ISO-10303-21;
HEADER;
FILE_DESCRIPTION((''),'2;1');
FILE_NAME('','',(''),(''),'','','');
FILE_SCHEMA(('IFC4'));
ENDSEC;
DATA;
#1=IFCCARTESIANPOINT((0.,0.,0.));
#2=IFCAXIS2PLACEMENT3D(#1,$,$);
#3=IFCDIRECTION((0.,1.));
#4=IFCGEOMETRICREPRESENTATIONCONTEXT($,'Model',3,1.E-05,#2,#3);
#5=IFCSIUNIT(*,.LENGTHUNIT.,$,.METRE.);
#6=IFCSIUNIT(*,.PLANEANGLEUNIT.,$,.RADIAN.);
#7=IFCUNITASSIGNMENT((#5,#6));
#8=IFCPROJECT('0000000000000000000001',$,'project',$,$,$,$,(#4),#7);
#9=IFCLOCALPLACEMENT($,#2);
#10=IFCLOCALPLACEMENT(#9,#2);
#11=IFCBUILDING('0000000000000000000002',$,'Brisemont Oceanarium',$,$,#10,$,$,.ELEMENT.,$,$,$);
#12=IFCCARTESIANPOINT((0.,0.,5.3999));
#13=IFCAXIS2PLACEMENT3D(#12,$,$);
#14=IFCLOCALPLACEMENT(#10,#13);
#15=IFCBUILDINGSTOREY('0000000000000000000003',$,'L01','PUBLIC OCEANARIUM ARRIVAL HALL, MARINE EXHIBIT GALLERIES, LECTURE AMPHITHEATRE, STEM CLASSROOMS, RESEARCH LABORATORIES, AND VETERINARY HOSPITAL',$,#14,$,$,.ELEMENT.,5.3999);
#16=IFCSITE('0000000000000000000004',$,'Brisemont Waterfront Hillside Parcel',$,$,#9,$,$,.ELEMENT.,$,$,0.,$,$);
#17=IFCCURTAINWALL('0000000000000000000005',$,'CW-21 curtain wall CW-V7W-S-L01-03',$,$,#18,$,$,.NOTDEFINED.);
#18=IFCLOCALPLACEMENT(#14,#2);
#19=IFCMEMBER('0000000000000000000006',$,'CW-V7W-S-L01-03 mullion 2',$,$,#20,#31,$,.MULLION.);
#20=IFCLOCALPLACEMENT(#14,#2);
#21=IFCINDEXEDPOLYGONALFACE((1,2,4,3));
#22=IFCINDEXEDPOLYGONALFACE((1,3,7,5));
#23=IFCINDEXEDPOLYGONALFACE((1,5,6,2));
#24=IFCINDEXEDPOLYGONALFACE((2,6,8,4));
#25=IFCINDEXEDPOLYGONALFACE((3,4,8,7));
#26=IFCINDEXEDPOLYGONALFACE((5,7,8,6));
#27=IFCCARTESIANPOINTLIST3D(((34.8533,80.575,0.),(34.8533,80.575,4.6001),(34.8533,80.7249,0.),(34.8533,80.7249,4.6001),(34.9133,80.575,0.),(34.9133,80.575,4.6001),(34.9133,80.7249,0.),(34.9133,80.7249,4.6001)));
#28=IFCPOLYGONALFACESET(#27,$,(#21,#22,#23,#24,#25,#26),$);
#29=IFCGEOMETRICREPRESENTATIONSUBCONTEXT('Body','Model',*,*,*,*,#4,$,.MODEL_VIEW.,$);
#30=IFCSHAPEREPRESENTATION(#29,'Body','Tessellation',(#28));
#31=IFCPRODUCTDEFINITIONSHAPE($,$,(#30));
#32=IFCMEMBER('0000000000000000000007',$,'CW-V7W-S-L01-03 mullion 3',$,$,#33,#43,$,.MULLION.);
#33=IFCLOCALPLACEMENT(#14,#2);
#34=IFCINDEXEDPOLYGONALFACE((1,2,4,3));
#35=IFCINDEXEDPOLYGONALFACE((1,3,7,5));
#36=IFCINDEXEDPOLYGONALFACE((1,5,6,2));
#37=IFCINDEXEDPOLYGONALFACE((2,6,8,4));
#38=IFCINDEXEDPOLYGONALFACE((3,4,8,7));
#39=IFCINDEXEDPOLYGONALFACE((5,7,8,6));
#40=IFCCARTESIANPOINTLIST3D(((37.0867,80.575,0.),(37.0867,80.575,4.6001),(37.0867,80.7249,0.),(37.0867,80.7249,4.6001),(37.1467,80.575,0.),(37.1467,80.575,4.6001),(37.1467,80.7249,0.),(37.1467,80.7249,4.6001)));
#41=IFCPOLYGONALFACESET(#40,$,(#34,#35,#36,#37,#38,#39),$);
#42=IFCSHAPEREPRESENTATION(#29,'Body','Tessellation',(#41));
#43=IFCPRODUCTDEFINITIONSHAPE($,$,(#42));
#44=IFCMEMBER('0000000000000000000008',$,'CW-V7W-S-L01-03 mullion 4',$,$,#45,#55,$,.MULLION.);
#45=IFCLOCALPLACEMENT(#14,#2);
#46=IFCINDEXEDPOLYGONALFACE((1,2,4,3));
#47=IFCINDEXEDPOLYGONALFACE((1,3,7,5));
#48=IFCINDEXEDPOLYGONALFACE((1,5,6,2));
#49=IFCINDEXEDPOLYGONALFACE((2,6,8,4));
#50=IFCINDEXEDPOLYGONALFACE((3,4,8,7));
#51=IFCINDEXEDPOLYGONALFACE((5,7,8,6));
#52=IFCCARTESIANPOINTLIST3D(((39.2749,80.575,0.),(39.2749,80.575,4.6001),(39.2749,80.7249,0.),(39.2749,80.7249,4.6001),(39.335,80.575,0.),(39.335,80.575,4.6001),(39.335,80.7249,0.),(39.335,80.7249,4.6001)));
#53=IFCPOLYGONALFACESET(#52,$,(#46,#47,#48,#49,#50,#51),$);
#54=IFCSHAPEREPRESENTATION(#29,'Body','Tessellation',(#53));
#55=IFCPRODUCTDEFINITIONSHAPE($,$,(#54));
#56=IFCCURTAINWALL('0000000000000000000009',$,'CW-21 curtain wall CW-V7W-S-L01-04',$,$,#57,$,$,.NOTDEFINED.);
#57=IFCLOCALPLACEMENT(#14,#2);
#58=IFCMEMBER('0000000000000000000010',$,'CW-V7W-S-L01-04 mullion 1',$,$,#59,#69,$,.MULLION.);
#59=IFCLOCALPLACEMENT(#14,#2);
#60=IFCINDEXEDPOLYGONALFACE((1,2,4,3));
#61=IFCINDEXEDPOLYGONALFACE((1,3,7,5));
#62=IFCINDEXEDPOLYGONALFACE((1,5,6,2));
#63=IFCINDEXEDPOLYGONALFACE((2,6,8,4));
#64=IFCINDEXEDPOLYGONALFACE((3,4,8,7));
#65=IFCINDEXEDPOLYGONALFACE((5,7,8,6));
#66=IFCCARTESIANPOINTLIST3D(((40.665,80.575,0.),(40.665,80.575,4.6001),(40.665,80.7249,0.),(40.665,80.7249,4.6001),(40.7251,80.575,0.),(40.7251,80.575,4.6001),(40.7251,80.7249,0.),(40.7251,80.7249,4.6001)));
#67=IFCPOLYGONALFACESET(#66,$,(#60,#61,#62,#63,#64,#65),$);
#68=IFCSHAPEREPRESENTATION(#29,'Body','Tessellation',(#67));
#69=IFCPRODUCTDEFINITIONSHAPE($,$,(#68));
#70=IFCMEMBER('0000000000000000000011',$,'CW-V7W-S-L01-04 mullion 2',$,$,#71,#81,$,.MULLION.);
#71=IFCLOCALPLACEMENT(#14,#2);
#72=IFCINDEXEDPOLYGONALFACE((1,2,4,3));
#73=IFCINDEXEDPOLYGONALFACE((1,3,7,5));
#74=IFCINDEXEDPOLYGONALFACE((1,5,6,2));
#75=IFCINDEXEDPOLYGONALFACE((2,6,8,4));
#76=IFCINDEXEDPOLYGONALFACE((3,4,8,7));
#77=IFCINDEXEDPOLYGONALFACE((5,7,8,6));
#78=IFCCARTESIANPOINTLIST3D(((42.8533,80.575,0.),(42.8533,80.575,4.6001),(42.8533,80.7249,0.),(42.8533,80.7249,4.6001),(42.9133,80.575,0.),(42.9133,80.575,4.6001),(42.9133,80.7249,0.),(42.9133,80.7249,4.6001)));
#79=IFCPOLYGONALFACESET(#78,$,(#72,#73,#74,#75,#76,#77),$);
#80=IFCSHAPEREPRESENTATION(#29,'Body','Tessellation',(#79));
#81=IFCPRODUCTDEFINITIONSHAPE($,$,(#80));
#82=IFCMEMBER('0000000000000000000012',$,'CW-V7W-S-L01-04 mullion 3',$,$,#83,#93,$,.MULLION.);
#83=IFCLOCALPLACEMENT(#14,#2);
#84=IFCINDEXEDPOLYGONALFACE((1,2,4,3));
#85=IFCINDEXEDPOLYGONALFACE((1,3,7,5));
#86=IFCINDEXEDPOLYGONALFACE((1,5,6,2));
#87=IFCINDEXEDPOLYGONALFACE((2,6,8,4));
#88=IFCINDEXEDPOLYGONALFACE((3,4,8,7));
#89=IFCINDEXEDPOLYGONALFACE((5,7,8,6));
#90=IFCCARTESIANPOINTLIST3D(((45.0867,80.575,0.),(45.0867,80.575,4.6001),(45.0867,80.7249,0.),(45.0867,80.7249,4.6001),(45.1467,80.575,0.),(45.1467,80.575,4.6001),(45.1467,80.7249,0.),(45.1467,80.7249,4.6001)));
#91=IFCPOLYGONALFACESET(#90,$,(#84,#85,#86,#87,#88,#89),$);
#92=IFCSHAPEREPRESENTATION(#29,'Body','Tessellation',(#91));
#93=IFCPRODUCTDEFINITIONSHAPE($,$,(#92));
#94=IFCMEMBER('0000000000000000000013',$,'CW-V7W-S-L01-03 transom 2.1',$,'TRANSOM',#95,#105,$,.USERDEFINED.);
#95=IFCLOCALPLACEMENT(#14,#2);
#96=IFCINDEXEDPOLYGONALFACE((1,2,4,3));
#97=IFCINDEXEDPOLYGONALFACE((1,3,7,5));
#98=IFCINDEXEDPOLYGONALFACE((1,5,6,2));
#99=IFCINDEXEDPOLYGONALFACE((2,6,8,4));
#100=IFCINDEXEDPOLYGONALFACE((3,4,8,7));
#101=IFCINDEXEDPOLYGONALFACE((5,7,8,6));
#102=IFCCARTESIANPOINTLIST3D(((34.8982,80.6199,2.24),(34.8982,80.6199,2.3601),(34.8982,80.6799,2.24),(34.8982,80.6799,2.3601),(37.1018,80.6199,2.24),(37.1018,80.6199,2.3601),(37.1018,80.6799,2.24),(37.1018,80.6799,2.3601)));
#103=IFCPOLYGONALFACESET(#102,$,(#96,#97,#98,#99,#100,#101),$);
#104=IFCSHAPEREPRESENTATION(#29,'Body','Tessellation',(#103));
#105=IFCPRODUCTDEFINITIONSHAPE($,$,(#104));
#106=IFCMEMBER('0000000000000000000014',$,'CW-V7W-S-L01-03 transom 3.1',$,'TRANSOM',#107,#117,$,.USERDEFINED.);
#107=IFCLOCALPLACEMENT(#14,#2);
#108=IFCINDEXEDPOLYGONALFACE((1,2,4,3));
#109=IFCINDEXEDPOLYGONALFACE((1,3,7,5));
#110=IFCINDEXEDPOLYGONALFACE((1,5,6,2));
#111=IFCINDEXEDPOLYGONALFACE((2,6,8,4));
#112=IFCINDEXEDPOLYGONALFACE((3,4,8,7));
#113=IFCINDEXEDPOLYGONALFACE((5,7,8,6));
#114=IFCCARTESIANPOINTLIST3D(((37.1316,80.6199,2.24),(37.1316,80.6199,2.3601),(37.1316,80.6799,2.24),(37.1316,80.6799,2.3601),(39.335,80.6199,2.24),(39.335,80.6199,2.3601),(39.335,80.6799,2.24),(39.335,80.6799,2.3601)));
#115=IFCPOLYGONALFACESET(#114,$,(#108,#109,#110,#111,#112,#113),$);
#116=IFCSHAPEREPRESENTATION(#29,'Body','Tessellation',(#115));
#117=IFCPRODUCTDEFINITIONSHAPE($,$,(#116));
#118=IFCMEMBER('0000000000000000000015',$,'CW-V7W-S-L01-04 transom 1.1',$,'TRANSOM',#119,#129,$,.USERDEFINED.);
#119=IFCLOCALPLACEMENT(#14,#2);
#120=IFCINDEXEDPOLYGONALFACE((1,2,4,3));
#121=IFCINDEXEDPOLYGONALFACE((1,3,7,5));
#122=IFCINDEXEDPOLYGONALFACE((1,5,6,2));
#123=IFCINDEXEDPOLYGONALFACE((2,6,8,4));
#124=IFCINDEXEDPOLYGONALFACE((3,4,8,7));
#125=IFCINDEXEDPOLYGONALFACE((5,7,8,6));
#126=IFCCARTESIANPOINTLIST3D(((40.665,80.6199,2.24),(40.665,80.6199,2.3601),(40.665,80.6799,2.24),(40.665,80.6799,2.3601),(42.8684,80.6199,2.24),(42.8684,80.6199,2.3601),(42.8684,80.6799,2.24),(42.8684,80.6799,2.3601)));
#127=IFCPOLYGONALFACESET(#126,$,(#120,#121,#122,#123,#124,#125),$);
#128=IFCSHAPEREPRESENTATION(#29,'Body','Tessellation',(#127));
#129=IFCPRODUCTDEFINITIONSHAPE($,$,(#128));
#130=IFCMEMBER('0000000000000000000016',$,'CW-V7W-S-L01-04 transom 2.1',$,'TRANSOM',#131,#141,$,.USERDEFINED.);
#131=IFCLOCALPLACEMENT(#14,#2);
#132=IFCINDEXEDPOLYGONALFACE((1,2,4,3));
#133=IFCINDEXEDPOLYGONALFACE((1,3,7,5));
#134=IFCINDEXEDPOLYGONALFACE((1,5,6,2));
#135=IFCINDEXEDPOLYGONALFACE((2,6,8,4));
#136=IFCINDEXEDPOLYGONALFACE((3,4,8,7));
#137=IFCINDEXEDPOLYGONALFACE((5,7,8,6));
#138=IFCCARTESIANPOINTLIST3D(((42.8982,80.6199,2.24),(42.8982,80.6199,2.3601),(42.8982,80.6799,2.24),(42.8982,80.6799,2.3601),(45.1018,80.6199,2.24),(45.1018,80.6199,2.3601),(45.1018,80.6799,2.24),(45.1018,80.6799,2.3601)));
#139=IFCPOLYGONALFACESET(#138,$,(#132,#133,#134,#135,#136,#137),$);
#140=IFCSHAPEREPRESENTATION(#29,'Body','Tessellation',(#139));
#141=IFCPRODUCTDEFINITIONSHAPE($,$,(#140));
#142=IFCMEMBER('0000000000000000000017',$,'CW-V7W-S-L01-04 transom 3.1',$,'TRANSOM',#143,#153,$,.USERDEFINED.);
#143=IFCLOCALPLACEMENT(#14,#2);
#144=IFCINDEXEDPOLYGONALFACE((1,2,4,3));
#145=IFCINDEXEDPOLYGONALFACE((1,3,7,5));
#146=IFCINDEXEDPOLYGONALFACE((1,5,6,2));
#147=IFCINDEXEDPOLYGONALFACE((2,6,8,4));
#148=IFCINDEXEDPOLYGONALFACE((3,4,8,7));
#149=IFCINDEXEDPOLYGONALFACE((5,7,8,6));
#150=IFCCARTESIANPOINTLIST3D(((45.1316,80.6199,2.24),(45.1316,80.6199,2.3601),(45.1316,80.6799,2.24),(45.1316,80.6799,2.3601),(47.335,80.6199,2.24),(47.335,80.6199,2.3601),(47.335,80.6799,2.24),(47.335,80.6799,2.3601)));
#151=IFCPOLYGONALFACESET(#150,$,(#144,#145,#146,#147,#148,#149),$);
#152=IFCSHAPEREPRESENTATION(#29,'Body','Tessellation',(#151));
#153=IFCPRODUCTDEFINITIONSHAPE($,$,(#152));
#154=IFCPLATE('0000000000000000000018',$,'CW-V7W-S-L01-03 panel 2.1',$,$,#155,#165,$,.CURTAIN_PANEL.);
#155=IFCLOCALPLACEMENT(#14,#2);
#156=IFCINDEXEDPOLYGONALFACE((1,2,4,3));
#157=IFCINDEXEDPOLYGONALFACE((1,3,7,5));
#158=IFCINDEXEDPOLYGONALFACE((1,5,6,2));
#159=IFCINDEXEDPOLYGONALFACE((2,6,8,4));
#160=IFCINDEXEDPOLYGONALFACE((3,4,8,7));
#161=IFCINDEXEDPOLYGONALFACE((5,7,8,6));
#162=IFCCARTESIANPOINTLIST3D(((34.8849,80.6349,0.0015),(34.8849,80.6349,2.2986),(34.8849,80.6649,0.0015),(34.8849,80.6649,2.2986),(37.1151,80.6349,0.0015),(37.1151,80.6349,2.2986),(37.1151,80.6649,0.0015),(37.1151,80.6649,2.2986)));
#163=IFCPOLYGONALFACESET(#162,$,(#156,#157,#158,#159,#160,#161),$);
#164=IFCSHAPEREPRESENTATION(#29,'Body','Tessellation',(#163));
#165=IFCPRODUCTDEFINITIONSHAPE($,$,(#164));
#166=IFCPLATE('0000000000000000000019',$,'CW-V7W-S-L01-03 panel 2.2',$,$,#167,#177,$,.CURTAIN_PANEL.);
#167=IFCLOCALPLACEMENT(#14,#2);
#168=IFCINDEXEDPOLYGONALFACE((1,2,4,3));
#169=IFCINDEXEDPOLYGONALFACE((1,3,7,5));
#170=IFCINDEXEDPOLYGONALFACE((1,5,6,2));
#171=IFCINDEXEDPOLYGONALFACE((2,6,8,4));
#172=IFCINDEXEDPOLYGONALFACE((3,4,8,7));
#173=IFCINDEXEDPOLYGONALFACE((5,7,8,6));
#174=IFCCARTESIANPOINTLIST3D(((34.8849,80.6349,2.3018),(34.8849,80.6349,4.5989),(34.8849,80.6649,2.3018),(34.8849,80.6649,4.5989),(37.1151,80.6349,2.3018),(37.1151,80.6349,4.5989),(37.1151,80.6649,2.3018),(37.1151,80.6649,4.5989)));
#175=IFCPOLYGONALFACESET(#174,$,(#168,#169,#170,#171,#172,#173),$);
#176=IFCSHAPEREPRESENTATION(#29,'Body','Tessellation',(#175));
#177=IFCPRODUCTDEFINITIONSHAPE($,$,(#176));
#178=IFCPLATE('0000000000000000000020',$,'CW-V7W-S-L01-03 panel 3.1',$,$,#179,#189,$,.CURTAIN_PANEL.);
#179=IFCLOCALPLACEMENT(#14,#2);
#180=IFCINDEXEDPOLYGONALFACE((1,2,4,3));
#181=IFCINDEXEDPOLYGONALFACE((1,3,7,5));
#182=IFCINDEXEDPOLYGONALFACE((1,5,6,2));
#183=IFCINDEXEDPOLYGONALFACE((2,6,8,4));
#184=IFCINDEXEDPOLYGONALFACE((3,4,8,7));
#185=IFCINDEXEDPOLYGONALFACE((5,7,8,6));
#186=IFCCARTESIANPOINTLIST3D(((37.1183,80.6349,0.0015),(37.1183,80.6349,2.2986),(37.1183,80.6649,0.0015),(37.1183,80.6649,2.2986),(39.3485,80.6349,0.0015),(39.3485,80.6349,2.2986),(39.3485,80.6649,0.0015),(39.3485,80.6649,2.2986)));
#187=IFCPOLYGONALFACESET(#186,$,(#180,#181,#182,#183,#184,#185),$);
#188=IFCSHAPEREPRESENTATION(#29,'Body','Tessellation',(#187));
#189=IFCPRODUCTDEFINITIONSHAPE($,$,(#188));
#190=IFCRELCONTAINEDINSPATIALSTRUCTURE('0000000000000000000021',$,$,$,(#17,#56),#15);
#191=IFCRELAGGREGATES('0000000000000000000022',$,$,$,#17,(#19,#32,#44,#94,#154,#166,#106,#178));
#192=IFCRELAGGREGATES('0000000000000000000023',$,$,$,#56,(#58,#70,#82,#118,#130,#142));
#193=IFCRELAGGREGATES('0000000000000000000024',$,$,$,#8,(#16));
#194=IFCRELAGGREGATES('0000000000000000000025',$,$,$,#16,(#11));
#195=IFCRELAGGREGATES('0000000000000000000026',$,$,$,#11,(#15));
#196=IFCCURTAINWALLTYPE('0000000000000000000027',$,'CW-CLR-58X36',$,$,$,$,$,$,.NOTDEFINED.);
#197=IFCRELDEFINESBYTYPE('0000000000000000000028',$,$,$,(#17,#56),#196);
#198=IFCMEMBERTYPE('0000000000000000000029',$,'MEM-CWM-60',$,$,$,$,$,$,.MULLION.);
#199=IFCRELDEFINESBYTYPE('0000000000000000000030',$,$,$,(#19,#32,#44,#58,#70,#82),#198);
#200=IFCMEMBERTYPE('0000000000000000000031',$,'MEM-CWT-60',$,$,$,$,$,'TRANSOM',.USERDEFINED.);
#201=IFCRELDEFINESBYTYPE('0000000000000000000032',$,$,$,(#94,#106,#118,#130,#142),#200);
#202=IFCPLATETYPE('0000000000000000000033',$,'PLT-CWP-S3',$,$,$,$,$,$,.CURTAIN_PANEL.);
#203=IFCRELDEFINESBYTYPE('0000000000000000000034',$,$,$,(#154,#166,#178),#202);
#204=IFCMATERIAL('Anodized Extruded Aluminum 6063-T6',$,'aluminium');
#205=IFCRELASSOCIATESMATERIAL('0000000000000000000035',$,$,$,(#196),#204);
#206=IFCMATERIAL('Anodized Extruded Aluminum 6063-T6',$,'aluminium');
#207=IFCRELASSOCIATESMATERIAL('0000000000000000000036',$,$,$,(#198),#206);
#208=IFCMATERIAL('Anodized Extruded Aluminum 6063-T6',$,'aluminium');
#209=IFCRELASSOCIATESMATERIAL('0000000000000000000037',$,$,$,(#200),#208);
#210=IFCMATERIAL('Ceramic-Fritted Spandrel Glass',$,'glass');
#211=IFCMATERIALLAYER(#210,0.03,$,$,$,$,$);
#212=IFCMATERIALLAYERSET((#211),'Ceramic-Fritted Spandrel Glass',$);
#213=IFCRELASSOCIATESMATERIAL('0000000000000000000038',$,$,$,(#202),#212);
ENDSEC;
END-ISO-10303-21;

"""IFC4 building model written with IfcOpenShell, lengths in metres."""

from ifc_helpers import new_model, si_unit, direction, frame, origin, origin_2d, place, context, subcontext, project, spatial, rectangle, extrude, material, layer, layer_set, material_profile, profile_set, type_object, element, aggregate, save


model = new_model("IFC4")

# Units and contexts
model_context = context("Model", 3, precision=1e-05, world=origin(), true_north=direction((0.0, 1.0)))
body_context = subcontext(model_context, "Body", "Model", "MODEL_VIEW")
ifc_project = project(units=[si_unit("LENGTHUNIT", "METRE"), si_unit("PLANEANGLEUNIT", "RADIAN")], contexts=[model_context])

# Site, building, storey
site_placement = place(None, origin())
site = spatial("IfcSite", under=ifc_project, at=site_placement, Name="Brisemont Waterfront Hillside Parcel", CompositionType="ELEMENT", RefElevation=0.0)
building_placement = place(site_placement, origin())
building = spatial("IfcBuilding", under=site, at=building_placement, Name="Brisemont Oceanarium", CompositionType="ELEMENT")
storey_placement = place(building_placement, frame((0.0, 0.0, 5.3999)))
storey = spatial("IfcBuildingStorey", under=building, at=storey_placement, Name="L01", Description="PUBLIC OCEANARIUM ARRIVAL HALL, MARINE EXHIBIT GALLERIES, LECTURE AMPHITHEATRE, STEM CLASSROOMS, RESEARCH LABORATORIES, AND VETERINARY HOSPITAL", CompositionType="ELEMENT", Elevation=5.3999)

# Curtain walls, members
ifc_material_1 = material(Name="Anodized Extruded Aluminum 6063-T6", Category="aluminium")
curtain_wall_type = type_object("IfcCurtainWallType", Name="CW-CLR-58X36", PredefinedType="NOTDEFINED", material=ifc_material_1)
curtain_wall_1_placement = place(storey_placement, origin())
curtain_wall_1 = element("IfcCurtainWall", 1, at=curtain_wall_1_placement, inside=storey, type_object=curtain_wall_type, Name="CW-21 curtain wall CW-V7W-S-L01-03", PredefinedType="NOTDEFINED")
ifc_material_2 = material(Name="Anodized Extruded Aluminum 6063-T6", Category="aluminium")
ifc_material_profile_1 = material_profile(ifc_material_2, rectangle(XDim=0.0601, YDim=0.1499, at=origin_2d()), Name="CWM-60X150")
ifc_profile_set_1 = profile_set([ifc_material_profile_1], Name="Anodized Extruded Aluminum 6063-T6")
member_type_1 = type_object("IfcMemberType", Name="MEM-CWM-60", PredefinedType="MULLION", material=ifc_profile_set_1)
member_1_placement = place(storey_placement, frame((34.8833, 80.6499, 0.0), z_axis=(0.0, 0.0, 1.0), x_axis=(1.0, 0.0, 0.0)))
member_1 = element("IfcMember", 2, at=member_1_placement, type_object=member_type_1, Name="CW-V7W-S-L01-03 mullion 2", PredefinedType="MULLION", context=body_context, shape_type="SweptSolid", body=[
    extrude(rectangle(XDim=0.0601, YDim=0.1499, at=origin_2d()), origin(), (0.0, 0.0, 1.0), 4.6001),
])
member_2_placement = place(storey_placement, frame((37.1167, 80.6499, 0.0), z_axis=(0.0, 0.0, 1.0), x_axis=(1.0, 0.0, 0.0)))
member_2 = element("IfcMember", 3, at=member_2_placement, type_object=member_type_1, Name="CW-V7W-S-L01-03 mullion 3", PredefinedType="MULLION", context=body_context, shape_type="SweptSolid", body=[
    extrude(rectangle(XDim=0.0601, YDim=0.1499, at=origin_2d()), origin(), (0.0, 0.0, 1.0), 4.6001),
])
member_3_placement = place(storey_placement, frame((39.3049, 80.6499, 0.0), z_axis=(0.0, 0.0, 1.0), x_axis=(1.0, 0.0, 0.0)))
member_3 = element("IfcMember", 4, at=member_3_placement, type_object=member_type_1, Name="CW-V7W-S-L01-03 mullion 4", PredefinedType="MULLION", context=body_context, shape_type="SweptSolid", body=[
    extrude(rectangle(XDim=0.0601, YDim=0.1499, at=origin_2d()), origin(), (0.0, 0.0, 1.0), 4.6001),
])
curtain_wall_2_placement = place(storey_placement, origin())
curtain_wall_2 = element("IfcCurtainWall", 5, at=curtain_wall_2_placement, inside=storey, type_object=curtain_wall_type, Name="CW-21 curtain wall CW-V7W-S-L01-04", PredefinedType="NOTDEFINED")
member_4_placement = place(storey_placement, frame((40.6951, 80.6499, 0.0), z_axis=(0.0, 0.0, 1.0), x_axis=(1.0, 0.0, 0.0)))
member_4 = element("IfcMember", 6, at=member_4_placement, type_object=member_type_1, Name="CW-V7W-S-L01-04 mullion 1", PredefinedType="MULLION", context=body_context, shape_type="SweptSolid", body=[
    extrude(rectangle(XDim=0.0601, YDim=0.1499, at=origin_2d()), origin(), (0.0, 0.0, 1.0), 4.6001),
])
member_5_placement = place(storey_placement, frame((42.8833, 80.6499, 0.0), z_axis=(0.0, 0.0, 1.0), x_axis=(1.0, 0.0, 0.0)))
member_5 = element("IfcMember", 7, at=member_5_placement, type_object=member_type_1, Name="CW-V7W-S-L01-04 mullion 2", PredefinedType="MULLION", context=body_context, shape_type="SweptSolid", body=[
    extrude(rectangle(XDim=0.0601, YDim=0.1499, at=origin_2d()), origin(), (0.0, 0.0, 1.0), 4.6001),
])
member_6_placement = place(storey_placement, frame((45.1167, 80.6499, 0.0), z_axis=(0.0, 0.0, 1.0), x_axis=(1.0, 0.0, 0.0)))
member_6 = element("IfcMember", 8, at=member_6_placement, type_object=member_type_1, Name="CW-V7W-S-L01-04 mullion 3", PredefinedType="MULLION", context=body_context, shape_type="SweptSolid", body=[
    extrude(rectangle(XDim=0.0601, YDim=0.1499, at=origin_2d()), origin(), (0.0, 0.0, 1.0), 4.6001),
])

# Members
ifc_material_3 = material(Name="Anodized Extruded Aluminum 6063-T6", Category="aluminium")
ifc_material_profile_2 = material_profile(ifc_material_3, rectangle(XDim=0.0601, YDim=0.1201, at=origin_2d()), Name="CWT-60X120")
ifc_profile_set_2 = profile_set([ifc_material_profile_2], Name="Anodized Extruded Aluminum 6063-T6")
member_type_2 = type_object("IfcMemberType", Name="MEM-CWT-60", ElementType="TRANSOM", PredefinedType="USERDEFINED", material=ifc_profile_set_2)
member_7_placement = place(storey_placement, frame((34.8982, 80.6499, 2.3), z_axis=(1.0, 0.0, 0.0), x_axis=(0.0, 1.0, 0.0)))
member_7 = element("IfcMember", 9, at=member_7_placement, type_object=member_type_2, Name="CW-V7W-S-L01-03 transom 2.1", ObjectType="TRANSOM", PredefinedType="USERDEFINED", context=body_context, shape_type="SweptSolid", body=[
    extrude(rectangle(XDim=0.0601, YDim=0.1201, at=origin_2d()), origin(), (0.0, 0.0, 1.0), 2.2036),
])
member_8_placement = place(storey_placement, frame((37.1316, 80.6499, 2.3), z_axis=(1.0, 0.0, 0.0), x_axis=(0.0, 1.0, 0.0)))
member_8 = element("IfcMember", 10, at=member_8_placement, type_object=member_type_2, Name="CW-V7W-S-L01-03 transom 3.1", ObjectType="TRANSOM", PredefinedType="USERDEFINED", context=body_context, shape_type="SweptSolid", body=[
    extrude(rectangle(XDim=0.0601, YDim=0.1201, at=origin_2d()), origin(), (0.0, 0.0, 1.0), 2.2034),
])
member_9_placement = place(storey_placement, frame((40.665, 80.6499, 2.3), z_axis=(1.0, 0.0, 0.0), x_axis=(0.0, 1.0, 0.0)))
member_9 = element("IfcMember", 11, at=member_9_placement, type_object=member_type_2, Name="CW-V7W-S-L01-04 transom 1.1", ObjectType="TRANSOM", PredefinedType="USERDEFINED", context=body_context, shape_type="SweptSolid", body=[
    extrude(rectangle(XDim=0.0601, YDim=0.1201, at=origin_2d()), origin(), (0.0, 0.0, 1.0), 2.2034),
])
member_10_placement = place(storey_placement, frame((42.8982, 80.6499, 2.3), z_axis=(1.0, 0.0, 0.0), x_axis=(0.0, 1.0, 0.0)))
member_10 = element("IfcMember", 12, at=member_10_placement, type_object=member_type_2, Name="CW-V7W-S-L01-04 transom 2.1", ObjectType="TRANSOM", PredefinedType="USERDEFINED", context=body_context, shape_type="SweptSolid", body=[
    extrude(rectangle(XDim=0.0601, YDim=0.1201, at=origin_2d()), origin(), (0.0, 0.0, 1.0), 2.2036),
])
member_11_placement = place(storey_placement, frame((45.1316, 80.6499, 2.3), z_axis=(1.0, 0.0, 0.0), x_axis=(0.0, 1.0, 0.0)))
member_11 = element("IfcMember", 13, at=member_11_placement, type_object=member_type_2, Name="CW-V7W-S-L01-04 transom 3.1", ObjectType="TRANSOM", PredefinedType="USERDEFINED", context=body_context, shape_type="SweptSolid", body=[
    extrude(rectangle(XDim=0.0601, YDim=0.1201, at=origin_2d()), origin(), (0.0, 0.0, 1.0), 2.2034),
])

# Plates
ifc_material_4 = material(Name="Ceramic-Fritted Spandrel Glass", Category="glass")
ifc_layer = layer(ifc_material_4, 0.03)
ifc_layer_set = layer_set([ifc_layer], Name="Ceramic-Fritted Spandrel Glass")
plate_type = type_object("IfcPlateType", Name="PLT-CWP-S3", PredefinedType="CURTAIN_PANEL", material=ifc_layer_set)
plate_1_placement = place(storey_placement, frame((36.0, 80.6499, 0.0015), z_axis=(0.0, 0.0, 1.0), x_axis=(1.0, 0.0, 0.0)))
plate_1 = element("IfcPlate", 14, at=plate_1_placement, type_object=plate_type, Name="CW-V7W-S-L01-03 panel 2.1", PredefinedType="CURTAIN_PANEL", context=body_context, shape_type="SweptSolid", body=[
    extrude(rectangle(XDim=2.2302, YDim=0.03, at=origin_2d()), origin(), (0.0, 0.0, 1.0), 2.2971),
])
plate_2_placement = place(storey_placement, frame((36.0, 80.6499, 2.3018), z_axis=(0.0, 0.0, 1.0), x_axis=(1.0, 0.0, 0.0)))
plate_2 = element("IfcPlate", 15, at=plate_2_placement, type_object=plate_type, Name="CW-V7W-S-L01-03 panel 2.2", PredefinedType="CURTAIN_PANEL", context=body_context, shape_type="SweptSolid", body=[
    extrude(rectangle(XDim=2.2302, YDim=0.03, at=origin_2d()), origin(), (0.0, 0.0, 1.0), 2.2971),
])
plate_3_placement = place(storey_placement, frame((38.2334, 80.6499, 0.0015), z_axis=(0.0, 0.0, 1.0), x_axis=(1.0, 0.0, 0.0)))
plate_3 = element("IfcPlate", 16, at=plate_3_placement, type_object=plate_type, Name="CW-V7W-S-L01-03 panel 3.1", PredefinedType="CURTAIN_PANEL", context=body_context, shape_type="SweptSolid", body=[
    extrude(rectangle(XDim=2.2302, YDim=0.03, at=origin_2d()), origin(), (0.0, 0.0, 1.0), 2.2971),
])
aggregate(curtain_wall_1, [member_1, member_2, member_3, member_7, plate_1, plate_2, member_8, plate_3])
aggregate(curtain_wall_2, [member_4, member_5, member_6, member_9, member_10, member_11])

save(model, "model.ifc")
